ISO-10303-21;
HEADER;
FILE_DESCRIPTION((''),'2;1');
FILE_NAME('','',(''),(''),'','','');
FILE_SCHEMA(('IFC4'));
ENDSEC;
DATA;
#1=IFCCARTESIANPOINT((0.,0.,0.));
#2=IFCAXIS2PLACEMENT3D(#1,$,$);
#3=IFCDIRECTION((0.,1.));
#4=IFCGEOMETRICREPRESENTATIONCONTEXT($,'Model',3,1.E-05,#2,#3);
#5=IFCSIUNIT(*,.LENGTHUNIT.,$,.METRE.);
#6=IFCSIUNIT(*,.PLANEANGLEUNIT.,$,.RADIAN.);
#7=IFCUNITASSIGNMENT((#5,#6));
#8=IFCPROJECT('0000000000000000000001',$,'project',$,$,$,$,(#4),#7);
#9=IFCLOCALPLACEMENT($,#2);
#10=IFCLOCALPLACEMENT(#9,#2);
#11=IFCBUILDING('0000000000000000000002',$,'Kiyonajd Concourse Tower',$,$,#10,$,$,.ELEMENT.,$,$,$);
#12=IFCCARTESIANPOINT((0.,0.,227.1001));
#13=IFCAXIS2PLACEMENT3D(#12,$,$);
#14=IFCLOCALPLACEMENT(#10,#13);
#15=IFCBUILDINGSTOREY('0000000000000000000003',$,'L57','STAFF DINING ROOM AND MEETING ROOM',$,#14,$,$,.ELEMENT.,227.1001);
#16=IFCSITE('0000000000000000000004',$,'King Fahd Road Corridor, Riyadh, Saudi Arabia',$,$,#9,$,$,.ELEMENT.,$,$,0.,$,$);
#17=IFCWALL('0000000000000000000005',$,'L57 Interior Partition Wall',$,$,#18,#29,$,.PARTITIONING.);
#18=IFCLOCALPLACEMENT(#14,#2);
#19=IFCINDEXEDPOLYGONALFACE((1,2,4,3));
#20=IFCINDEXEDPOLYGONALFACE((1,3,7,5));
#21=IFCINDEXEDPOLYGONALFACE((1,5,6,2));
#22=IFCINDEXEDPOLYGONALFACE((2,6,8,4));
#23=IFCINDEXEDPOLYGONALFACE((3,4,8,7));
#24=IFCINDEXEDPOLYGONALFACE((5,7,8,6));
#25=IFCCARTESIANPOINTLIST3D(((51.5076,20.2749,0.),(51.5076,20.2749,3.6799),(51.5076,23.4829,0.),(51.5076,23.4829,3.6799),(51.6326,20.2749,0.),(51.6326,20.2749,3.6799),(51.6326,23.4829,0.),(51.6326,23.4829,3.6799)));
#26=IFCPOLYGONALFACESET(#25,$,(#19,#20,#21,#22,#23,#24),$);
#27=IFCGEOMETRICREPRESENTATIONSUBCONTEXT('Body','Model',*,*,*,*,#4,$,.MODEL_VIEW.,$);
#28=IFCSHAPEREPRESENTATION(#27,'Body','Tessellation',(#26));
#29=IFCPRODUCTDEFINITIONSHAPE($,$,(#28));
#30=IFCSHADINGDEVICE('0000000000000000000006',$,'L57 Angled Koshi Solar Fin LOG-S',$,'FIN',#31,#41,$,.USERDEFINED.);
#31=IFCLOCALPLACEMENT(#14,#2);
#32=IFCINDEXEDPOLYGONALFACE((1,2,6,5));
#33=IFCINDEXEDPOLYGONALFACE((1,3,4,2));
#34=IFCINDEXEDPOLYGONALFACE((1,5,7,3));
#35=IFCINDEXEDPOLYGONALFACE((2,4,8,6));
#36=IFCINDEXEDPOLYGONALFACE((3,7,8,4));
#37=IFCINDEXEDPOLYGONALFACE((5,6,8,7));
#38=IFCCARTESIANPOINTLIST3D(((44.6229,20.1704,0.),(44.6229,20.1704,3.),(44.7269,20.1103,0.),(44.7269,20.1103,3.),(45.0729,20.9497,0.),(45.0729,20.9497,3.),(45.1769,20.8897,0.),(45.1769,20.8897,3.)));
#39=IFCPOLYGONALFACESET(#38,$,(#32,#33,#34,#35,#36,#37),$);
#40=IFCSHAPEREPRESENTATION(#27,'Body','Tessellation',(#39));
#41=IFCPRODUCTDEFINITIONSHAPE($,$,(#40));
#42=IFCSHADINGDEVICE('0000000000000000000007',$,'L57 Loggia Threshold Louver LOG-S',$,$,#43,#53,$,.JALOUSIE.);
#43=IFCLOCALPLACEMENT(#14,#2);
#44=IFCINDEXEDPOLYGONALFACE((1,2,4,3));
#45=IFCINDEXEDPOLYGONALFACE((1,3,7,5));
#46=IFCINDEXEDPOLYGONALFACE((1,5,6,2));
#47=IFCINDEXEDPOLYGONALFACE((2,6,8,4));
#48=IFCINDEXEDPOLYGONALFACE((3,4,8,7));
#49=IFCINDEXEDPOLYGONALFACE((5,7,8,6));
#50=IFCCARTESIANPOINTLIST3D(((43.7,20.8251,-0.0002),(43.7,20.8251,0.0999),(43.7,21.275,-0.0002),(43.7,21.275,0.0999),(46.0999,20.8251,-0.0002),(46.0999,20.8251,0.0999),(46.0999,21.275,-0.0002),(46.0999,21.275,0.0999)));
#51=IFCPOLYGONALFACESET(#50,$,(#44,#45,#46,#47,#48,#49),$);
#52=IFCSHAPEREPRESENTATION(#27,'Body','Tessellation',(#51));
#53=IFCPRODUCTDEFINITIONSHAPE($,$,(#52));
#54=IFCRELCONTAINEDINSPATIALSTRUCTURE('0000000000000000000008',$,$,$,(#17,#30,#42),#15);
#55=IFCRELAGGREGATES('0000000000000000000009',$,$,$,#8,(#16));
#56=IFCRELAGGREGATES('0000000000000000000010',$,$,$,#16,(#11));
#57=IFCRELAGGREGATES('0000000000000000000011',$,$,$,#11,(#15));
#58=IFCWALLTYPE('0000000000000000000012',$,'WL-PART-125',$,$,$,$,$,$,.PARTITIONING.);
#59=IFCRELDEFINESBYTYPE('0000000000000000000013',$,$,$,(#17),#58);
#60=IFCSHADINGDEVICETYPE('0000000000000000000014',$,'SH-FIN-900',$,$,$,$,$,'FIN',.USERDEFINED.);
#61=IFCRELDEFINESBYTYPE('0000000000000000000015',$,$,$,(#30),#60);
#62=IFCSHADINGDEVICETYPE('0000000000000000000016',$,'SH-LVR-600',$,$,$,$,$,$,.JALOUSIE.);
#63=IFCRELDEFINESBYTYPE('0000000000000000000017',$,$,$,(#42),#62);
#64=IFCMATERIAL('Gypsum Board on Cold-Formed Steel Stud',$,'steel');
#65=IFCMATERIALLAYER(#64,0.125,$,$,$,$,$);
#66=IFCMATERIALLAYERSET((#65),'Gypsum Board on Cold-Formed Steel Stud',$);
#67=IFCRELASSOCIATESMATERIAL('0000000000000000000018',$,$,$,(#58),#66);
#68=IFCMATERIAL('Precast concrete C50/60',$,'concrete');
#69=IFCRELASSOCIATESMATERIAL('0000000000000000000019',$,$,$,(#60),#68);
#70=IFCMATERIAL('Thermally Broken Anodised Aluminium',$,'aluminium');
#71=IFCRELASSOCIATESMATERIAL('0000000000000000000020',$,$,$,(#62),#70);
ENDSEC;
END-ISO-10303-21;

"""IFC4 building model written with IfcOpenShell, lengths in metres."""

from ifc_helpers import new_model, si_unit, direction, frame, frame_2d, origin, origin_2d, place, context, subcontext, project, spatial, rectangle, extrude, material, layer, layer_set, type_object, element, save


model = new_model("IFC4")

# Units and contexts
model_context = context("Model", 3, precision=1e-05, world=origin(), true_north=direction((0.0, 1.0)))
body_context = subcontext(model_context, "Body", "Model", "MODEL_VIEW")
ifc_project = project(units=[si_unit("LENGTHUNIT", "METRE"), si_unit("PLANEANGLEUNIT", "RADIAN")], contexts=[model_context])

# Site, building, storey
site_placement = place(None, origin())
site = spatial("IfcSite", under=ifc_project, at=site_placement, Name="King Fahd Road Corridor, Riyadh, Saudi Arabia", CompositionType="ELEMENT", RefElevation=0.0)
building_placement = place(site_placement, origin())
building = spatial("IfcBuilding", under=site, at=building_placement, Name="Kiyonajd Concourse Tower", CompositionType="ELEMENT")
storey_placement = place(building_placement, frame((0.0, 0.0, 227.1001)))
storey = spatial("IfcBuildingStorey", under=building, at=storey_placement, Name="L57", Description="STAFF DINING ROOM AND MEETING ROOM", CompositionType="ELEMENT", Elevation=227.1001)

# Shared definitions
ifc_material_1 = material(Name="Thermally Broken Anodised Aluminium", Category="aluminium")

# Shared definitions
ifc_material_2 = material(Name="Precast concrete C50/60", Category="concrete")

# Wall
ifc_material_3 = material(Name="Gypsum Board on Cold-Formed Steel Stud", Category="steel")
ifc_layer_1 = layer(ifc_material_3, 0.125)
ifc_layer_set_1 = layer_set([ifc_layer_1], Name="Gypsum Board on Cold-Formed Steel Stud")
wall_type_1 = type_object("IfcWallType", Name="WL-PART-125", PredefinedType="PARTITIONING", material=ifc_layer_set_1)
wall_1_placement = place(storey_placement, frame((51.5701, 20.2749, 0.0), z_axis=(0.0, 0.0, 1.0), x_axis=(0.0, 1.0, 0.0)))
element("IfcWall", 1, at=wall_1_placement, inside=storey, type_object=wall_type_1, Name="L57 Interior Partition Wall", PredefinedType="PARTITIONING", context=body_context, shape_type="SweptSolid", body=[
    extrude(rectangle(XDim=3.208, YDim=0.125, at=frame_2d((1.604, 0.0))), origin(), (0.0, 0.0, 1.0), 3.6799),
])

# Shading devices
shading_device_type_1 = type_object("IfcShadingDeviceType", Name="SH-FIN-900", ElementType="FIN", PredefinedType="USERDEFINED", material=ifc_material_2)
shading_device_1_placement = place(storey_placement, frame((44.8999, 20.53, 0.0), z_axis=(0.0, 0.0, 1.0), x_axis=(0.5, 0.866025, 0.0)))
element("IfcShadingDevice", 2, at=shading_device_1_placement, inside=storey, type_object=shading_device_type_1, Name="L57 Angled Koshi Solar Fin LOG-S", ObjectType="FIN", PredefinedType="USERDEFINED", context=body_context, shape_type="SweptSolid", body=[
    extrude(rectangle(XDim=0.8999, YDim=0.1201, at=origin_2d()), origin(), (0.0, 0.0, 1.0), 3.0),
])
shading_device_type_2 = type_object("IfcShadingDeviceType", Name="SH-LVR-600", PredefinedType="JALOUSIE", material=ifc_material_1)
shading_device_2_placement = place(storey_placement, frame((44.8999, 21.05, -0.0002), z_axis=(0.0, 0.0, 1.0), x_axis=(1.0, 0.0, 0.0)))
element("IfcShadingDevice", 3, at=shading_device_2_placement, inside=storey, type_object=shading_device_type_2, Name="L57 Loggia Threshold Louver LOG-S", PredefinedType="JALOUSIE", context=body_context, shape_type="SweptSolid", body=[
    extrude(rectangle(XDim=2.3999, YDim=0.45, at=origin_2d()), origin(), (0.0, 0.0, 1.0), 0.1001),
])

save(model, "model.ifc")
